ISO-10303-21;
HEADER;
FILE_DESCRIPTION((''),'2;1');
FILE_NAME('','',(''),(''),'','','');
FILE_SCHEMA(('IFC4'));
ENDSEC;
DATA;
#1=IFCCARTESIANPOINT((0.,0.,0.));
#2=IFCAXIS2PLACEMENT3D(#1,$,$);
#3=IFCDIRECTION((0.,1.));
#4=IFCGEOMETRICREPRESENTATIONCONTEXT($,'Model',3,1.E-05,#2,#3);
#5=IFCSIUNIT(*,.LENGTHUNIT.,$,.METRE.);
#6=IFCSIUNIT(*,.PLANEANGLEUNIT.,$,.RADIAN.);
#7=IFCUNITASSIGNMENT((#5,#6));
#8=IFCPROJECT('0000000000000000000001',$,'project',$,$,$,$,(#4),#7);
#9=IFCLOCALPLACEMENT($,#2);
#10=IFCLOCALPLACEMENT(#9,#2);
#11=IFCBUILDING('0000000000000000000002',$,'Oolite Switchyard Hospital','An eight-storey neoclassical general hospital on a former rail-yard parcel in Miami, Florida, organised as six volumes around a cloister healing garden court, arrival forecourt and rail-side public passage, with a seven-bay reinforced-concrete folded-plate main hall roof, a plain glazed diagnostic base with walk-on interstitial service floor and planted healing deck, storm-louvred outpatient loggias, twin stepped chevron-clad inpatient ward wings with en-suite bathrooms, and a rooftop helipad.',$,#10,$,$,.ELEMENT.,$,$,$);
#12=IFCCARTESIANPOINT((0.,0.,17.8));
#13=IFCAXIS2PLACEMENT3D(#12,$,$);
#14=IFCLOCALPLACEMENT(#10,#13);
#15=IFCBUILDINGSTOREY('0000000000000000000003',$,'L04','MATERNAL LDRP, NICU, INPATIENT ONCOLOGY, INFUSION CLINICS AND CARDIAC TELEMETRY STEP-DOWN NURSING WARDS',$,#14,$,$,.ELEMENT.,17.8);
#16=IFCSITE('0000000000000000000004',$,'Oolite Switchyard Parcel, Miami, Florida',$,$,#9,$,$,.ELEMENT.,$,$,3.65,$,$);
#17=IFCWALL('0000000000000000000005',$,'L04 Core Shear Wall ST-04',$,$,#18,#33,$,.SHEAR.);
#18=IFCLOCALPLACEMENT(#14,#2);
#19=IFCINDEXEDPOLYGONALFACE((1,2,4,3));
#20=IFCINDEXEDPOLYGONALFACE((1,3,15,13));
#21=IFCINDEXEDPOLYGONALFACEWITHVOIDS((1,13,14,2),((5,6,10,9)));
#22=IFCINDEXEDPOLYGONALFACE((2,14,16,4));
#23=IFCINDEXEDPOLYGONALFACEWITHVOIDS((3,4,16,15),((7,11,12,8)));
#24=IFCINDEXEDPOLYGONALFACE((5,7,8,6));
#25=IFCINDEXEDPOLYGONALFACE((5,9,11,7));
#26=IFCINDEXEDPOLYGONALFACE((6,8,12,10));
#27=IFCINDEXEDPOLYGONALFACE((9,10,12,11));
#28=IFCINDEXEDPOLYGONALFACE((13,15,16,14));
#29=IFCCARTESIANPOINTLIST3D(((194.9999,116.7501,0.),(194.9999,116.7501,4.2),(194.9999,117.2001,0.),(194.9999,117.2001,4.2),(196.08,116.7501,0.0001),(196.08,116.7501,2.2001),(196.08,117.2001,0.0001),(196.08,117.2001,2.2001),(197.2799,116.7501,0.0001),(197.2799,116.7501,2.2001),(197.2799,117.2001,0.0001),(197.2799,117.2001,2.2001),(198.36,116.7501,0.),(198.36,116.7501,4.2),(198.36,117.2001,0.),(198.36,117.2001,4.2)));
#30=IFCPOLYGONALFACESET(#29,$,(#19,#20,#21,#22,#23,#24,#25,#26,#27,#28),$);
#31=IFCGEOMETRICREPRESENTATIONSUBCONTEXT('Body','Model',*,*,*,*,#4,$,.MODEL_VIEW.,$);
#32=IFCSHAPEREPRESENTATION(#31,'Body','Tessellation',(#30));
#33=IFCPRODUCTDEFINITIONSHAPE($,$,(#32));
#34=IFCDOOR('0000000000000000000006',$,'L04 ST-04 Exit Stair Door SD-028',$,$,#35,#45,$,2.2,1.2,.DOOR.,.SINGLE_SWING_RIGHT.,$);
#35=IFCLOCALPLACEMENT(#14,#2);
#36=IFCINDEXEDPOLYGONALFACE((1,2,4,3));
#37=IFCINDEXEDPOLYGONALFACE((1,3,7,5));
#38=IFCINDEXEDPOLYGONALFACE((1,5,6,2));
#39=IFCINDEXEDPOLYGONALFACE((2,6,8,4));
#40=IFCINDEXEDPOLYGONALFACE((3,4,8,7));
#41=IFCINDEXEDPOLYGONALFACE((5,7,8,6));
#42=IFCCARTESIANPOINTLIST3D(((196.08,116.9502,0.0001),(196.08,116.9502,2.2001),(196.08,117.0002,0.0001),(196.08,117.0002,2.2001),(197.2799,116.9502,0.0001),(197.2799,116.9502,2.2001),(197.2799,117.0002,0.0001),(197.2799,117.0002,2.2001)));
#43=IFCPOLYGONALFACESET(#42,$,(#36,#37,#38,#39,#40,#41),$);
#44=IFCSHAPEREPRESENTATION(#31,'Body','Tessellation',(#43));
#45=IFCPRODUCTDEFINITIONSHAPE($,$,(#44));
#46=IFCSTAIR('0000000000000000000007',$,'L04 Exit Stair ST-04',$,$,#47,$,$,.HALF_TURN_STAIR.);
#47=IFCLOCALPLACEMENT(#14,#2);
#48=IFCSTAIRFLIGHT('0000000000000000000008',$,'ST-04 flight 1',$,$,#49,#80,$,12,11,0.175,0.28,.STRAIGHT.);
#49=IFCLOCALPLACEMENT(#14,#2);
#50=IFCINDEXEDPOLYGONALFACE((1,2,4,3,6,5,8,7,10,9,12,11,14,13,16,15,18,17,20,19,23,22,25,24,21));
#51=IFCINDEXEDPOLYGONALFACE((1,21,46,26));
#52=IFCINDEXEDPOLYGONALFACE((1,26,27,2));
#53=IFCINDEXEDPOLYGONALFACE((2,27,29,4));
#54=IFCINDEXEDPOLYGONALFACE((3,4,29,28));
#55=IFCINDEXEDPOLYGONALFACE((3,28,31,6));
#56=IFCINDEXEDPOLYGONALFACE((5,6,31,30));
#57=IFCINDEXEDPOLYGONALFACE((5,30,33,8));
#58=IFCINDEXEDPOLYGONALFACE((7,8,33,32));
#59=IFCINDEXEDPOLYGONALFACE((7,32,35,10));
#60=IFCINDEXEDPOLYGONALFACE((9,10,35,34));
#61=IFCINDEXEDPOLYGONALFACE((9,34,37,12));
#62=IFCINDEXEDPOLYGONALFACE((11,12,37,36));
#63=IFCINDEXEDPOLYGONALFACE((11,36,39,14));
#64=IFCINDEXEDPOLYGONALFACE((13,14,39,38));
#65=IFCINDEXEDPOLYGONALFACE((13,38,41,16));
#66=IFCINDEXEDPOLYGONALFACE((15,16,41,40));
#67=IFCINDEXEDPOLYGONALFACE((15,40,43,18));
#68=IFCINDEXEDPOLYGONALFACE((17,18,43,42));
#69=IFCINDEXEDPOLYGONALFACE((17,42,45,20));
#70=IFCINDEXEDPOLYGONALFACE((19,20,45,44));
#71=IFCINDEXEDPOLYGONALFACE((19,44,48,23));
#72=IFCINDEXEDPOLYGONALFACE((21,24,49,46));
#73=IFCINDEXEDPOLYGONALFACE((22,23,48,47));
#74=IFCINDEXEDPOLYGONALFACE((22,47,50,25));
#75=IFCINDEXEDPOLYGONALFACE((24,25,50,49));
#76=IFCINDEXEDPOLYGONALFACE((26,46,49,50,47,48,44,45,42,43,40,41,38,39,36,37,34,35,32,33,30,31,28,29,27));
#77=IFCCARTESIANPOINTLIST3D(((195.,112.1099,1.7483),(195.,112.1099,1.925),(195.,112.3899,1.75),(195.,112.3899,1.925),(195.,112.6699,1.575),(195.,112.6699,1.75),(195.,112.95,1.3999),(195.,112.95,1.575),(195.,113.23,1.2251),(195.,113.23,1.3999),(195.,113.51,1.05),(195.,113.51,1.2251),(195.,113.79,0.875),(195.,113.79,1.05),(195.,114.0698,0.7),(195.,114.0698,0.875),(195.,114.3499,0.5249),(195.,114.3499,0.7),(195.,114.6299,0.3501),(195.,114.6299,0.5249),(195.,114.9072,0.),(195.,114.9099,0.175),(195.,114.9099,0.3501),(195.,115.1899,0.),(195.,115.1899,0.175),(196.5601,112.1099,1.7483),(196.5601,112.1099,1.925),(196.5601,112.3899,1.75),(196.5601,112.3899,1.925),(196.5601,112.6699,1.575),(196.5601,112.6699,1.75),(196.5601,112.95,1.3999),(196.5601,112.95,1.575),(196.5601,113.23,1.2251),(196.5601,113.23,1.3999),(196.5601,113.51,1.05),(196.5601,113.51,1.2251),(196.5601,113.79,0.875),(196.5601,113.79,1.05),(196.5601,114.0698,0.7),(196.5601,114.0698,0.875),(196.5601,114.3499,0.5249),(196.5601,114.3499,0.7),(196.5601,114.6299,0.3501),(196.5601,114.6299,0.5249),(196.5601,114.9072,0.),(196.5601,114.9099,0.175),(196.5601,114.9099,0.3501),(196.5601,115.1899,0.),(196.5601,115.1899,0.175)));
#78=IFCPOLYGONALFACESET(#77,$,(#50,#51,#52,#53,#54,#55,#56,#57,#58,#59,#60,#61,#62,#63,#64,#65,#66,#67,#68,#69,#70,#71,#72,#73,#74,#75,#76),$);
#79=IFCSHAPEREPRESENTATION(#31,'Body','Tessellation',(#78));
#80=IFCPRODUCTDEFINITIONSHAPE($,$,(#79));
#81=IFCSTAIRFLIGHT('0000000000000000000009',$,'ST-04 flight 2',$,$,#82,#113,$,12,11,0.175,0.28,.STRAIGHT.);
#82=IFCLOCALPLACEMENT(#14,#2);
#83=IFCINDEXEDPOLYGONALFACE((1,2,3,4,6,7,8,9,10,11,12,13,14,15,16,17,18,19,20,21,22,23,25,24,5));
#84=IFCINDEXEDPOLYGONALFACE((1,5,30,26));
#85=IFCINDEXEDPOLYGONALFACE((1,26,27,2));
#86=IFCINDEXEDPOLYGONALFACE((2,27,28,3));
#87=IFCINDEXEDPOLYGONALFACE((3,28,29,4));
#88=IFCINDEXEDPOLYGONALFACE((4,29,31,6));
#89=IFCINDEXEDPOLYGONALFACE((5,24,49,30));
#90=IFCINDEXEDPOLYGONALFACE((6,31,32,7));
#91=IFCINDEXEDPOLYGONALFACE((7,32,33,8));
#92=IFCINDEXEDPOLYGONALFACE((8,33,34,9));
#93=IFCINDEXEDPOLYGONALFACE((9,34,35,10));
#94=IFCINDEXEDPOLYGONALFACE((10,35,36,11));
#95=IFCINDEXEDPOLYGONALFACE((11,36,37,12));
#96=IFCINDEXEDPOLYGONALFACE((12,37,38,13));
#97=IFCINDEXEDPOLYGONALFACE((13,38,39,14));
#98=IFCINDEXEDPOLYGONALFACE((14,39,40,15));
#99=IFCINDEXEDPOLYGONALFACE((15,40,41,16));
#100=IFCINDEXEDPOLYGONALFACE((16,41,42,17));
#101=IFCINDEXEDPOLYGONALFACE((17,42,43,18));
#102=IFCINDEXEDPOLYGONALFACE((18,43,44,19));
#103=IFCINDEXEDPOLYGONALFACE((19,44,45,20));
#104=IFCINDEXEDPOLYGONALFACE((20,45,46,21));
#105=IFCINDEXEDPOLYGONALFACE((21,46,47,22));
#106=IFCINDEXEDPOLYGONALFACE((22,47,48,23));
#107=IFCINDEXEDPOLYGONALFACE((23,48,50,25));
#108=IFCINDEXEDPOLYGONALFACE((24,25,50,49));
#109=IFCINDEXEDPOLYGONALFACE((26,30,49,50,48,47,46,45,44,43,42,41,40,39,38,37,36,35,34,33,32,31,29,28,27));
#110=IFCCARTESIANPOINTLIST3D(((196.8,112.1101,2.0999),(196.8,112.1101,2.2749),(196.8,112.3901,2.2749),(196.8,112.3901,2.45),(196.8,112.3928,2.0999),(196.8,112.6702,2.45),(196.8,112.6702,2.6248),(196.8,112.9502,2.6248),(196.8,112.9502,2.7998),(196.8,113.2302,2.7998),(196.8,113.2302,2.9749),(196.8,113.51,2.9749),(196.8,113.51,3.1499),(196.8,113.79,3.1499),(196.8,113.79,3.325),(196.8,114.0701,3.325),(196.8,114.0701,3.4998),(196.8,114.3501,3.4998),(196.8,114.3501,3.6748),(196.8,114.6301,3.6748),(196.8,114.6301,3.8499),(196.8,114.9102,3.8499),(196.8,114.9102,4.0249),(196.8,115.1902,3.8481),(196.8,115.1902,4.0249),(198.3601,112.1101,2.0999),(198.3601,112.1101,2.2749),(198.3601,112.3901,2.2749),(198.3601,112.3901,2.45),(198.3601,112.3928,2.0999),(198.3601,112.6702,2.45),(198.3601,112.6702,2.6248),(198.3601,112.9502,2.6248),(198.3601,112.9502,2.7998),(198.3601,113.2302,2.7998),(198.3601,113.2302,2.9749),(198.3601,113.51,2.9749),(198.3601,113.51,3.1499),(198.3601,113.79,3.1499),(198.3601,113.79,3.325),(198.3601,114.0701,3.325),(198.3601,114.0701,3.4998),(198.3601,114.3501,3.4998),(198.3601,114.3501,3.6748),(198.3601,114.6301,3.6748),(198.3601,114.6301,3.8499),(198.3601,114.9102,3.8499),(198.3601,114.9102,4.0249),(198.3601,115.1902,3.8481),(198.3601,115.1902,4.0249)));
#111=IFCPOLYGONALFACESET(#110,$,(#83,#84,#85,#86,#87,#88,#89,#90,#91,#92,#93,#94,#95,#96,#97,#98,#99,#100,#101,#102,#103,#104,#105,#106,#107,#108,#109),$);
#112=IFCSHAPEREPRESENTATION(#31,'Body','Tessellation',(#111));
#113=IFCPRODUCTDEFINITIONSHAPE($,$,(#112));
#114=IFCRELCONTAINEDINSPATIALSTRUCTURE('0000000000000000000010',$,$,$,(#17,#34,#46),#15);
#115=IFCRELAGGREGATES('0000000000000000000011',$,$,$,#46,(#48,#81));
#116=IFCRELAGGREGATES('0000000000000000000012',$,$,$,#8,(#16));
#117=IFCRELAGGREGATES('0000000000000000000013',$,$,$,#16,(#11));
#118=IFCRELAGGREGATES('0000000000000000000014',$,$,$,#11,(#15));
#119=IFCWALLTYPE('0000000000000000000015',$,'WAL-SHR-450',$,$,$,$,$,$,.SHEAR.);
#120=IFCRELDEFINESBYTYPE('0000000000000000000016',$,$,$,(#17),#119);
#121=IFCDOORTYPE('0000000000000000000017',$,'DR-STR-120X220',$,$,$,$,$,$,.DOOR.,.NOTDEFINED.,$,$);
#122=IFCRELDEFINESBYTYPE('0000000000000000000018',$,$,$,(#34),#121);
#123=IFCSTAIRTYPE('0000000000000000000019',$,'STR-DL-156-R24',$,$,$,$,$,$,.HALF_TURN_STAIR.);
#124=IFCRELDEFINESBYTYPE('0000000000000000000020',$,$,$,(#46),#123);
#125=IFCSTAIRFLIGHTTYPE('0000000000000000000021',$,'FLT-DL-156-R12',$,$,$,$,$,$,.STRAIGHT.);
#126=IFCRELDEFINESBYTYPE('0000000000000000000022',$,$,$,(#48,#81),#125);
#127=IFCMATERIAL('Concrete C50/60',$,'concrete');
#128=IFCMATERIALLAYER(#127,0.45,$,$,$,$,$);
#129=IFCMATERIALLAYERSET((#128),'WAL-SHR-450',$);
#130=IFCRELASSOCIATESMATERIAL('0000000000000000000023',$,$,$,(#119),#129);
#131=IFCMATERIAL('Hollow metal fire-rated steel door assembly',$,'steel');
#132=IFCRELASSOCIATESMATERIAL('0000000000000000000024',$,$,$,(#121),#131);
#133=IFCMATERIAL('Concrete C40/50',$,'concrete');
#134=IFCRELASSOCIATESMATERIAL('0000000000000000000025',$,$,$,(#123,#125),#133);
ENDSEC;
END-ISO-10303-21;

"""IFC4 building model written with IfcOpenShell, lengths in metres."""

from ifc_helpers import new_model, si_unit, direction, frame, frame_2d, origin, place, context, subcontext, project, spatial, polyline, rectangle, outline, extrude, material, layer, layer_set, type_object, element, fill, aggregate, save


model = new_model("IFC4")

# Units and contexts
model_context = context("Model", 3, precision=1e-05, world=origin(), true_north=direction((0.0, 1.0)))
body_context = subcontext(model_context, "Body", "Model", "MODEL_VIEW")
ifc_project = project(units=[si_unit("LENGTHUNIT", "METRE"), si_unit("PLANEANGLEUNIT", "RADIAN")], contexts=[model_context])

# Site, building, storey
site_placement = place(None, origin())
site = spatial("IfcSite", under=ifc_project, at=site_placement, Name="Oolite Switchyard Parcel, Miami, Florida", CompositionType="ELEMENT", RefElevation=3.65)
building_placement = place(site_placement, origin())
building = spatial("IfcBuilding", under=site, at=building_placement, Name="Oolite Switchyard Hospital", Description="An eight-storey neoclassical general hospital on a former rail-yard parcel in Miami, Florida, organised as six volumes around a cloister healing garden court, arrival forecourt and rail-side public passage, with a seven-bay reinforced-concrete folded-plate main hall roof, a plain glazed diagnostic base with walk-on interstitial service floor and planted healing deck, storm-louvred outpatient loggias, twin stepped chevron-clad inpatient ward wings with en-suite bathrooms, and a rooftop helipad.", CompositionType="ELEMENT")
storey_placement = place(building_placement, frame((0.0, 0.0, 17.8)))
storey = spatial("IfcBuildingStorey", under=building, at=storey_placement, Name="L04", Description="MATERNAL LDRP, NICU, INPATIENT ONCOLOGY, INFUSION CLINICS AND CARDIAC TELEMETRY STEP-DOWN NURSING WARDS", CompositionType="ELEMENT", Elevation=17.8)

# Shared definitions
ifc_material_1 = material(Name="Concrete C50/60", Category="concrete")

# Shared definitions
ifc_material_2 = material(Name="Concrete C40/50", Category="concrete")

# Shared definitions
ifc_layer = layer(ifc_material_1, 0.45)
ifc_layer_set = layer_set([ifc_layer], Name="WAL-SHR-450")
wall_type = type_object("IfcWallType", Name="WAL-SHR-450", PredefinedType="SHEAR", material=ifc_layer_set)

# Wall, opening, door
wall_1_placement = place(storey_placement, frame((198.3601, 116.9751, 0.0), z_axis=(0.0, 0.0, 1.0), x_axis=(-1.0, 0.0, 0.0)))
wall_1 = element("IfcWall", 1, at=wall_1_placement, inside=storey, type_object=wall_type, Name="L04 Core Shear Wall ST-04", PredefinedType="SHEAR", context=body_context, shape_type="SweptSolid", body=[
    extrude(rectangle(XDim=3.3601, YDim=0.45, at=frame_2d((1.6802, 0.0))), origin(), (0.0, 0.0, 1.0), 4.2),
])
opening_placement = place(wall_1_placement, frame((1.0801, 0.0, 0.0)))
opening = element("IfcOpeningElement", 2, at=opening_placement, cuts=wall_1, PredefinedType="OPENING", context=body_context, shape_type="SweptSolid", body=[
    extrude(rectangle(XDim=1.2, YDim=2.2, at=frame_2d((0.6001, 1.1001))), frame((0.0, 0.2349, 0.0), z_axis=(0.0, -1.0, 0.0), x_axis=(1.0, 0.0, 0.0)), (0.0, 0.0, 1.0), 0.47),
])
ifc_material_3 = material(Name="Hollow metal fire-rated steel door assembly", Category="steel")
door_type = type_object("IfcDoorType", Name="DR-STR-120X220", OperationType="NOTDEFINED", PredefinedType="DOOR", material=ifc_material_3)
door_placement = place(opening_placement, origin())
door = element("IfcDoor", 3, at=door_placement, inside=storey, type_object=door_type, Name="L04 ST-04 Exit Stair Door SD-028", OperationType="SINGLE_SWING_RIGHT", OverallHeight=2.2, OverallWidth=1.2, PredefinedType="DOOR", context=body_context, shape_type="SweptSolid", body=[
    extrude(rectangle(XDim=1.2, YDim=2.2, at=frame_2d((0.6001, 1.1001))), frame((0.0, 0.0249, 0.0), z_axis=(0.0, -1.0, 0.0), x_axis=(1.0, 0.0, 0.0)), (0.0, 0.0, 1.0), 0.05),
])
fill(opening, door)

# Stair, stair flights
stair_type = type_object("IfcStairType", Name="STR-DL-156-R24", PredefinedType="HALF_TURN_STAIR", material=ifc_material_2)
stair_placement = place(storey_placement, origin())
stair = element("IfcStair", 4, at=stair_placement, inside=storey, type_object=stair_type, Name="L04 Exit Stair ST-04", PredefinedType="HALF_TURN_STAIR")
stair_flight_type = type_object("IfcStairFlightType", Name="FLT-DL-156-R12", PredefinedType="STRAIGHT", material=ifc_material_2)
stair_flight_1_placement = place(storey_placement, frame((195.78, 115.1899, 0.0), z_axis=(0.0, 0.0, 1.0), x_axis=(0.0, -1.0, 0.0)))
stair_flight_1 = element("IfcStairFlight", 5, at=stair_flight_1_placement, type_object=stair_flight_type, Name="ST-04 flight 1", NumberOfRisers=12, NumberOfTreads=11, PredefinedType="STRAIGHT", RiserHeight=0.175, TreadLength=0.28, context=body_context, shape_type="SweptSolid", body=[
    extrude(outline(polyline([(0.0, 0.0), (0.0, 0.175), (0.28, 0.175), (0.28, 0.3501), (0.5601, 0.3501), (0.5601, 0.5249), (0.8401, 0.5249), (0.8401, 0.7), (1.1201, 0.7), (1.1201, 0.875), (1.3999, 0.875), (1.3999, 1.05), (1.6799, 1.05), (1.6799, 1.2251), (1.96, 1.2251), (1.96, 1.3999), (2.24, 1.3999), (2.24, 1.575), (2.52, 1.575), (2.52, 1.75), (2.8, 1.75), (2.8, 1.925), (3.0801, 1.925), (3.0801, 2.1001), (3.0801, 1.7483), (0.2827, 0.0), (0.0, 0.0)])), frame((0.0, 0.78, 0.0), z_axis=(0.0, -1.0, 0.0), x_axis=(1.0, 0.0, 0.0)), (0.0, 0.0, 1.0), 1.5601),
])
stair_flight_2_placement = place(storey_placement, frame((197.5801, 112.1101, 2.0999), z_axis=(0.0, 0.0, 1.0), x_axis=(0.0, 1.0, 0.0)))
stair_flight_2 = element("IfcStairFlight", 6, at=stair_flight_2_placement, type_object=stair_flight_type, Name="ST-04 flight 2", NumberOfRisers=12, NumberOfTreads=11, PredefinedType="STRAIGHT", RiserHeight=0.175, TreadLength=0.28, context=body_context, shape_type="SweptSolid", body=[
    extrude(outline(polyline([(0.0, 0.0), (0.0, 0.175), (0.28, 0.175), (0.28, 0.3501), (0.5601, 0.3501), (0.5601, 0.5249), (0.8401, 0.5249), (0.8401, 0.7), (1.1201, 0.7), (1.1201, 0.875), (1.3999, 0.875), (1.3999, 1.05), (1.6799, 1.05), (1.6799, 1.2251), (1.96, 1.2251), (1.96, 1.3999), (2.24, 1.3999), (2.24, 1.575), (2.52, 1.575), (2.52, 1.75), (2.8, 1.75), (2.8, 1.925), (3.0801, 1.925), (3.0801, 2.1001), (3.0801, 1.7483), (0.2827, 0.0), (0.0, 0.0)])), frame((0.0, 0.78, 0.0), z_axis=(0.0, -1.0, 0.0), x_axis=(1.0, 0.0, 0.0)), (0.0, 0.0, 1.0), 1.5601),
])
aggregate(stair, [stair_flight_1, stair_flight_2])

save(model, "model.ifc")
